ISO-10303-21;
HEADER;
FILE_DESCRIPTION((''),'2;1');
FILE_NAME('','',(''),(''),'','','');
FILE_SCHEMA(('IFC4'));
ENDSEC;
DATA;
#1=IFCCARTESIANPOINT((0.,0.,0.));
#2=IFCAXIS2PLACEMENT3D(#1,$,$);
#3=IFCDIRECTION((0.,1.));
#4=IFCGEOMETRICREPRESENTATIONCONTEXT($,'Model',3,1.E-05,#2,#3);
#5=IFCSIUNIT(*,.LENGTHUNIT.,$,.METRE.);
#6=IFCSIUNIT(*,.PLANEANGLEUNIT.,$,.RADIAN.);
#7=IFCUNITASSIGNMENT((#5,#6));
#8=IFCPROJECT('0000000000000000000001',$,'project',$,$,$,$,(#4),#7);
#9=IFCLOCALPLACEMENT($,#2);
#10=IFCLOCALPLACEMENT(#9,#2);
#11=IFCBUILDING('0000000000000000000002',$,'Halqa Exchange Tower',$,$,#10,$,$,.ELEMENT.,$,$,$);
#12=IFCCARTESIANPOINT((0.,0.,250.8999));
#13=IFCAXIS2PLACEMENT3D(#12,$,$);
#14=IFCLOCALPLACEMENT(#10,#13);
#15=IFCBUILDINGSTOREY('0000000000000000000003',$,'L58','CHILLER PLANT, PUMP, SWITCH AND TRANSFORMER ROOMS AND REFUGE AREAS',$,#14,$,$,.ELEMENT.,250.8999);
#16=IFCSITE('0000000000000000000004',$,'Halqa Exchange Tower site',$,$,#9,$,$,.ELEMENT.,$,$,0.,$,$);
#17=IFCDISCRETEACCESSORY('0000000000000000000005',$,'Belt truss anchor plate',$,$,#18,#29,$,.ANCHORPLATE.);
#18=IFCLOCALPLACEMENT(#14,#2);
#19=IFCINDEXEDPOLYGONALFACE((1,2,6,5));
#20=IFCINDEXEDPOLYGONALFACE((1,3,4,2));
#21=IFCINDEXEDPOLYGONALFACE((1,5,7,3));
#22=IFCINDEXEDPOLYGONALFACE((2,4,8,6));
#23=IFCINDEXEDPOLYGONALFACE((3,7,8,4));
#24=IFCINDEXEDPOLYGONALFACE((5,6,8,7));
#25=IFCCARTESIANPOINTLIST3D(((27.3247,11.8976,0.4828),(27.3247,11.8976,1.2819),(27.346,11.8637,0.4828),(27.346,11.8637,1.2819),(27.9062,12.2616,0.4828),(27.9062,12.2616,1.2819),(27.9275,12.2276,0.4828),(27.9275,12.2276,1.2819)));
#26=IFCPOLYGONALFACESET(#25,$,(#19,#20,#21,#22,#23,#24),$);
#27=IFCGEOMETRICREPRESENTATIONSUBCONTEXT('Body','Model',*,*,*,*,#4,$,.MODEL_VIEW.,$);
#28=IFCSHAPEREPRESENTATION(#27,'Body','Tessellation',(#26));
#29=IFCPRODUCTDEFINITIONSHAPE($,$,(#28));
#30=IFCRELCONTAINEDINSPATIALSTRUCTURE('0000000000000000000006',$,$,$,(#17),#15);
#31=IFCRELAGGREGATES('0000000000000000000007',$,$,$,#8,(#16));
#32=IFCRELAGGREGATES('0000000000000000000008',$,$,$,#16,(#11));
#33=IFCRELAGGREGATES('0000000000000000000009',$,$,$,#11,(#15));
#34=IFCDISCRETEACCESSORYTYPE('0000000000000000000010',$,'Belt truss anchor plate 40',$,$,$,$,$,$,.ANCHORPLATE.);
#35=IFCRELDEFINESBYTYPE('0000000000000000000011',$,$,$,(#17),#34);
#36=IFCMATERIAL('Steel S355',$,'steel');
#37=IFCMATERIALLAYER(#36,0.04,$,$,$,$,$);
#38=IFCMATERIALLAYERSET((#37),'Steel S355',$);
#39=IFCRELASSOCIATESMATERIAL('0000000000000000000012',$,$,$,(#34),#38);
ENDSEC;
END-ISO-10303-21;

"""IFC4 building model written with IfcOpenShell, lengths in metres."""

from ifc_helpers import new_model, si_unit, direction, frame, origin, origin_2d, place, context, subcontext, project, spatial, rectangle, extrude, material, layer, layer_set, type_object, element, save


model = new_model("IFC4")

# Units and contexts
model_context = context("Model", 3, precision=1e-05, world=origin(), true_north=direction((0.0, 1.0)))
body_context = subcontext(model_context, "Body", "Model", "MODEL_VIEW")
ifc_project = project(units=[si_unit("LENGTHUNIT", "METRE"), si_unit("PLANEANGLEUNIT", "RADIAN")], contexts=[model_context])

# Site, building, storey
site_placement = place(None, origin())
site = spatial("IfcSite", under=ifc_project, at=site_placement, Name="Halqa Exchange Tower site", CompositionType="ELEMENT", RefElevation=0.0)
building_placement = place(site_placement, origin())
building = spatial("IfcBuilding", under=site, at=building_placement, Name="Halqa Exchange Tower", CompositionType="ELEMENT")
storey_placement = place(building_placement, frame((0.0, 0.0, 250.8999)))
storey = spatial("IfcBuildingStorey", under=building, at=storey_placement, Name="L58", Description="CHILLER PLANT, PUMP, SWITCH AND TRANSFORMER ROOMS AND REFUGE AREAS", CompositionType="ELEMENT", Elevation=250.8999)

# Shared definitions
ifc_material_1 = material(Name="Steel S355", Category="steel")

# Discrete accessory
ifc_layer_1 = layer(ifc_material_1, 0.04)
ifc_layer_set_1 = layer_set([ifc_layer_1], Name="Steel S355")
discrete_accessory_type = type_object("IfcDiscreteAccessoryType", Name="Belt truss anchor plate 40", PredefinedType="ANCHORPLATE", material=ifc_layer_set_1)
discrete_accessory_1_placement = place(storey_placement, frame((27.6155, 12.0796, 0.8823), z_axis=(0.530547, -0.847656, 0.0), x_axis=(0.847656, 0.530547, 0.0)))
element("IfcDiscreteAccessory", 1, at=discrete_accessory_1_placement, inside=storey, type_object=discrete_accessory_type, Name="Belt truss anchor plate", PredefinedType="ANCHORPLATE", context=body_context, shape_type="SweptSolid", body=[
    extrude(rectangle(XDim=0.686, YDim=0.7991, at=origin_2d()), origin(), (0.0, 0.0, 1.0), 0.04),
])

save(model, "model.ifc")
